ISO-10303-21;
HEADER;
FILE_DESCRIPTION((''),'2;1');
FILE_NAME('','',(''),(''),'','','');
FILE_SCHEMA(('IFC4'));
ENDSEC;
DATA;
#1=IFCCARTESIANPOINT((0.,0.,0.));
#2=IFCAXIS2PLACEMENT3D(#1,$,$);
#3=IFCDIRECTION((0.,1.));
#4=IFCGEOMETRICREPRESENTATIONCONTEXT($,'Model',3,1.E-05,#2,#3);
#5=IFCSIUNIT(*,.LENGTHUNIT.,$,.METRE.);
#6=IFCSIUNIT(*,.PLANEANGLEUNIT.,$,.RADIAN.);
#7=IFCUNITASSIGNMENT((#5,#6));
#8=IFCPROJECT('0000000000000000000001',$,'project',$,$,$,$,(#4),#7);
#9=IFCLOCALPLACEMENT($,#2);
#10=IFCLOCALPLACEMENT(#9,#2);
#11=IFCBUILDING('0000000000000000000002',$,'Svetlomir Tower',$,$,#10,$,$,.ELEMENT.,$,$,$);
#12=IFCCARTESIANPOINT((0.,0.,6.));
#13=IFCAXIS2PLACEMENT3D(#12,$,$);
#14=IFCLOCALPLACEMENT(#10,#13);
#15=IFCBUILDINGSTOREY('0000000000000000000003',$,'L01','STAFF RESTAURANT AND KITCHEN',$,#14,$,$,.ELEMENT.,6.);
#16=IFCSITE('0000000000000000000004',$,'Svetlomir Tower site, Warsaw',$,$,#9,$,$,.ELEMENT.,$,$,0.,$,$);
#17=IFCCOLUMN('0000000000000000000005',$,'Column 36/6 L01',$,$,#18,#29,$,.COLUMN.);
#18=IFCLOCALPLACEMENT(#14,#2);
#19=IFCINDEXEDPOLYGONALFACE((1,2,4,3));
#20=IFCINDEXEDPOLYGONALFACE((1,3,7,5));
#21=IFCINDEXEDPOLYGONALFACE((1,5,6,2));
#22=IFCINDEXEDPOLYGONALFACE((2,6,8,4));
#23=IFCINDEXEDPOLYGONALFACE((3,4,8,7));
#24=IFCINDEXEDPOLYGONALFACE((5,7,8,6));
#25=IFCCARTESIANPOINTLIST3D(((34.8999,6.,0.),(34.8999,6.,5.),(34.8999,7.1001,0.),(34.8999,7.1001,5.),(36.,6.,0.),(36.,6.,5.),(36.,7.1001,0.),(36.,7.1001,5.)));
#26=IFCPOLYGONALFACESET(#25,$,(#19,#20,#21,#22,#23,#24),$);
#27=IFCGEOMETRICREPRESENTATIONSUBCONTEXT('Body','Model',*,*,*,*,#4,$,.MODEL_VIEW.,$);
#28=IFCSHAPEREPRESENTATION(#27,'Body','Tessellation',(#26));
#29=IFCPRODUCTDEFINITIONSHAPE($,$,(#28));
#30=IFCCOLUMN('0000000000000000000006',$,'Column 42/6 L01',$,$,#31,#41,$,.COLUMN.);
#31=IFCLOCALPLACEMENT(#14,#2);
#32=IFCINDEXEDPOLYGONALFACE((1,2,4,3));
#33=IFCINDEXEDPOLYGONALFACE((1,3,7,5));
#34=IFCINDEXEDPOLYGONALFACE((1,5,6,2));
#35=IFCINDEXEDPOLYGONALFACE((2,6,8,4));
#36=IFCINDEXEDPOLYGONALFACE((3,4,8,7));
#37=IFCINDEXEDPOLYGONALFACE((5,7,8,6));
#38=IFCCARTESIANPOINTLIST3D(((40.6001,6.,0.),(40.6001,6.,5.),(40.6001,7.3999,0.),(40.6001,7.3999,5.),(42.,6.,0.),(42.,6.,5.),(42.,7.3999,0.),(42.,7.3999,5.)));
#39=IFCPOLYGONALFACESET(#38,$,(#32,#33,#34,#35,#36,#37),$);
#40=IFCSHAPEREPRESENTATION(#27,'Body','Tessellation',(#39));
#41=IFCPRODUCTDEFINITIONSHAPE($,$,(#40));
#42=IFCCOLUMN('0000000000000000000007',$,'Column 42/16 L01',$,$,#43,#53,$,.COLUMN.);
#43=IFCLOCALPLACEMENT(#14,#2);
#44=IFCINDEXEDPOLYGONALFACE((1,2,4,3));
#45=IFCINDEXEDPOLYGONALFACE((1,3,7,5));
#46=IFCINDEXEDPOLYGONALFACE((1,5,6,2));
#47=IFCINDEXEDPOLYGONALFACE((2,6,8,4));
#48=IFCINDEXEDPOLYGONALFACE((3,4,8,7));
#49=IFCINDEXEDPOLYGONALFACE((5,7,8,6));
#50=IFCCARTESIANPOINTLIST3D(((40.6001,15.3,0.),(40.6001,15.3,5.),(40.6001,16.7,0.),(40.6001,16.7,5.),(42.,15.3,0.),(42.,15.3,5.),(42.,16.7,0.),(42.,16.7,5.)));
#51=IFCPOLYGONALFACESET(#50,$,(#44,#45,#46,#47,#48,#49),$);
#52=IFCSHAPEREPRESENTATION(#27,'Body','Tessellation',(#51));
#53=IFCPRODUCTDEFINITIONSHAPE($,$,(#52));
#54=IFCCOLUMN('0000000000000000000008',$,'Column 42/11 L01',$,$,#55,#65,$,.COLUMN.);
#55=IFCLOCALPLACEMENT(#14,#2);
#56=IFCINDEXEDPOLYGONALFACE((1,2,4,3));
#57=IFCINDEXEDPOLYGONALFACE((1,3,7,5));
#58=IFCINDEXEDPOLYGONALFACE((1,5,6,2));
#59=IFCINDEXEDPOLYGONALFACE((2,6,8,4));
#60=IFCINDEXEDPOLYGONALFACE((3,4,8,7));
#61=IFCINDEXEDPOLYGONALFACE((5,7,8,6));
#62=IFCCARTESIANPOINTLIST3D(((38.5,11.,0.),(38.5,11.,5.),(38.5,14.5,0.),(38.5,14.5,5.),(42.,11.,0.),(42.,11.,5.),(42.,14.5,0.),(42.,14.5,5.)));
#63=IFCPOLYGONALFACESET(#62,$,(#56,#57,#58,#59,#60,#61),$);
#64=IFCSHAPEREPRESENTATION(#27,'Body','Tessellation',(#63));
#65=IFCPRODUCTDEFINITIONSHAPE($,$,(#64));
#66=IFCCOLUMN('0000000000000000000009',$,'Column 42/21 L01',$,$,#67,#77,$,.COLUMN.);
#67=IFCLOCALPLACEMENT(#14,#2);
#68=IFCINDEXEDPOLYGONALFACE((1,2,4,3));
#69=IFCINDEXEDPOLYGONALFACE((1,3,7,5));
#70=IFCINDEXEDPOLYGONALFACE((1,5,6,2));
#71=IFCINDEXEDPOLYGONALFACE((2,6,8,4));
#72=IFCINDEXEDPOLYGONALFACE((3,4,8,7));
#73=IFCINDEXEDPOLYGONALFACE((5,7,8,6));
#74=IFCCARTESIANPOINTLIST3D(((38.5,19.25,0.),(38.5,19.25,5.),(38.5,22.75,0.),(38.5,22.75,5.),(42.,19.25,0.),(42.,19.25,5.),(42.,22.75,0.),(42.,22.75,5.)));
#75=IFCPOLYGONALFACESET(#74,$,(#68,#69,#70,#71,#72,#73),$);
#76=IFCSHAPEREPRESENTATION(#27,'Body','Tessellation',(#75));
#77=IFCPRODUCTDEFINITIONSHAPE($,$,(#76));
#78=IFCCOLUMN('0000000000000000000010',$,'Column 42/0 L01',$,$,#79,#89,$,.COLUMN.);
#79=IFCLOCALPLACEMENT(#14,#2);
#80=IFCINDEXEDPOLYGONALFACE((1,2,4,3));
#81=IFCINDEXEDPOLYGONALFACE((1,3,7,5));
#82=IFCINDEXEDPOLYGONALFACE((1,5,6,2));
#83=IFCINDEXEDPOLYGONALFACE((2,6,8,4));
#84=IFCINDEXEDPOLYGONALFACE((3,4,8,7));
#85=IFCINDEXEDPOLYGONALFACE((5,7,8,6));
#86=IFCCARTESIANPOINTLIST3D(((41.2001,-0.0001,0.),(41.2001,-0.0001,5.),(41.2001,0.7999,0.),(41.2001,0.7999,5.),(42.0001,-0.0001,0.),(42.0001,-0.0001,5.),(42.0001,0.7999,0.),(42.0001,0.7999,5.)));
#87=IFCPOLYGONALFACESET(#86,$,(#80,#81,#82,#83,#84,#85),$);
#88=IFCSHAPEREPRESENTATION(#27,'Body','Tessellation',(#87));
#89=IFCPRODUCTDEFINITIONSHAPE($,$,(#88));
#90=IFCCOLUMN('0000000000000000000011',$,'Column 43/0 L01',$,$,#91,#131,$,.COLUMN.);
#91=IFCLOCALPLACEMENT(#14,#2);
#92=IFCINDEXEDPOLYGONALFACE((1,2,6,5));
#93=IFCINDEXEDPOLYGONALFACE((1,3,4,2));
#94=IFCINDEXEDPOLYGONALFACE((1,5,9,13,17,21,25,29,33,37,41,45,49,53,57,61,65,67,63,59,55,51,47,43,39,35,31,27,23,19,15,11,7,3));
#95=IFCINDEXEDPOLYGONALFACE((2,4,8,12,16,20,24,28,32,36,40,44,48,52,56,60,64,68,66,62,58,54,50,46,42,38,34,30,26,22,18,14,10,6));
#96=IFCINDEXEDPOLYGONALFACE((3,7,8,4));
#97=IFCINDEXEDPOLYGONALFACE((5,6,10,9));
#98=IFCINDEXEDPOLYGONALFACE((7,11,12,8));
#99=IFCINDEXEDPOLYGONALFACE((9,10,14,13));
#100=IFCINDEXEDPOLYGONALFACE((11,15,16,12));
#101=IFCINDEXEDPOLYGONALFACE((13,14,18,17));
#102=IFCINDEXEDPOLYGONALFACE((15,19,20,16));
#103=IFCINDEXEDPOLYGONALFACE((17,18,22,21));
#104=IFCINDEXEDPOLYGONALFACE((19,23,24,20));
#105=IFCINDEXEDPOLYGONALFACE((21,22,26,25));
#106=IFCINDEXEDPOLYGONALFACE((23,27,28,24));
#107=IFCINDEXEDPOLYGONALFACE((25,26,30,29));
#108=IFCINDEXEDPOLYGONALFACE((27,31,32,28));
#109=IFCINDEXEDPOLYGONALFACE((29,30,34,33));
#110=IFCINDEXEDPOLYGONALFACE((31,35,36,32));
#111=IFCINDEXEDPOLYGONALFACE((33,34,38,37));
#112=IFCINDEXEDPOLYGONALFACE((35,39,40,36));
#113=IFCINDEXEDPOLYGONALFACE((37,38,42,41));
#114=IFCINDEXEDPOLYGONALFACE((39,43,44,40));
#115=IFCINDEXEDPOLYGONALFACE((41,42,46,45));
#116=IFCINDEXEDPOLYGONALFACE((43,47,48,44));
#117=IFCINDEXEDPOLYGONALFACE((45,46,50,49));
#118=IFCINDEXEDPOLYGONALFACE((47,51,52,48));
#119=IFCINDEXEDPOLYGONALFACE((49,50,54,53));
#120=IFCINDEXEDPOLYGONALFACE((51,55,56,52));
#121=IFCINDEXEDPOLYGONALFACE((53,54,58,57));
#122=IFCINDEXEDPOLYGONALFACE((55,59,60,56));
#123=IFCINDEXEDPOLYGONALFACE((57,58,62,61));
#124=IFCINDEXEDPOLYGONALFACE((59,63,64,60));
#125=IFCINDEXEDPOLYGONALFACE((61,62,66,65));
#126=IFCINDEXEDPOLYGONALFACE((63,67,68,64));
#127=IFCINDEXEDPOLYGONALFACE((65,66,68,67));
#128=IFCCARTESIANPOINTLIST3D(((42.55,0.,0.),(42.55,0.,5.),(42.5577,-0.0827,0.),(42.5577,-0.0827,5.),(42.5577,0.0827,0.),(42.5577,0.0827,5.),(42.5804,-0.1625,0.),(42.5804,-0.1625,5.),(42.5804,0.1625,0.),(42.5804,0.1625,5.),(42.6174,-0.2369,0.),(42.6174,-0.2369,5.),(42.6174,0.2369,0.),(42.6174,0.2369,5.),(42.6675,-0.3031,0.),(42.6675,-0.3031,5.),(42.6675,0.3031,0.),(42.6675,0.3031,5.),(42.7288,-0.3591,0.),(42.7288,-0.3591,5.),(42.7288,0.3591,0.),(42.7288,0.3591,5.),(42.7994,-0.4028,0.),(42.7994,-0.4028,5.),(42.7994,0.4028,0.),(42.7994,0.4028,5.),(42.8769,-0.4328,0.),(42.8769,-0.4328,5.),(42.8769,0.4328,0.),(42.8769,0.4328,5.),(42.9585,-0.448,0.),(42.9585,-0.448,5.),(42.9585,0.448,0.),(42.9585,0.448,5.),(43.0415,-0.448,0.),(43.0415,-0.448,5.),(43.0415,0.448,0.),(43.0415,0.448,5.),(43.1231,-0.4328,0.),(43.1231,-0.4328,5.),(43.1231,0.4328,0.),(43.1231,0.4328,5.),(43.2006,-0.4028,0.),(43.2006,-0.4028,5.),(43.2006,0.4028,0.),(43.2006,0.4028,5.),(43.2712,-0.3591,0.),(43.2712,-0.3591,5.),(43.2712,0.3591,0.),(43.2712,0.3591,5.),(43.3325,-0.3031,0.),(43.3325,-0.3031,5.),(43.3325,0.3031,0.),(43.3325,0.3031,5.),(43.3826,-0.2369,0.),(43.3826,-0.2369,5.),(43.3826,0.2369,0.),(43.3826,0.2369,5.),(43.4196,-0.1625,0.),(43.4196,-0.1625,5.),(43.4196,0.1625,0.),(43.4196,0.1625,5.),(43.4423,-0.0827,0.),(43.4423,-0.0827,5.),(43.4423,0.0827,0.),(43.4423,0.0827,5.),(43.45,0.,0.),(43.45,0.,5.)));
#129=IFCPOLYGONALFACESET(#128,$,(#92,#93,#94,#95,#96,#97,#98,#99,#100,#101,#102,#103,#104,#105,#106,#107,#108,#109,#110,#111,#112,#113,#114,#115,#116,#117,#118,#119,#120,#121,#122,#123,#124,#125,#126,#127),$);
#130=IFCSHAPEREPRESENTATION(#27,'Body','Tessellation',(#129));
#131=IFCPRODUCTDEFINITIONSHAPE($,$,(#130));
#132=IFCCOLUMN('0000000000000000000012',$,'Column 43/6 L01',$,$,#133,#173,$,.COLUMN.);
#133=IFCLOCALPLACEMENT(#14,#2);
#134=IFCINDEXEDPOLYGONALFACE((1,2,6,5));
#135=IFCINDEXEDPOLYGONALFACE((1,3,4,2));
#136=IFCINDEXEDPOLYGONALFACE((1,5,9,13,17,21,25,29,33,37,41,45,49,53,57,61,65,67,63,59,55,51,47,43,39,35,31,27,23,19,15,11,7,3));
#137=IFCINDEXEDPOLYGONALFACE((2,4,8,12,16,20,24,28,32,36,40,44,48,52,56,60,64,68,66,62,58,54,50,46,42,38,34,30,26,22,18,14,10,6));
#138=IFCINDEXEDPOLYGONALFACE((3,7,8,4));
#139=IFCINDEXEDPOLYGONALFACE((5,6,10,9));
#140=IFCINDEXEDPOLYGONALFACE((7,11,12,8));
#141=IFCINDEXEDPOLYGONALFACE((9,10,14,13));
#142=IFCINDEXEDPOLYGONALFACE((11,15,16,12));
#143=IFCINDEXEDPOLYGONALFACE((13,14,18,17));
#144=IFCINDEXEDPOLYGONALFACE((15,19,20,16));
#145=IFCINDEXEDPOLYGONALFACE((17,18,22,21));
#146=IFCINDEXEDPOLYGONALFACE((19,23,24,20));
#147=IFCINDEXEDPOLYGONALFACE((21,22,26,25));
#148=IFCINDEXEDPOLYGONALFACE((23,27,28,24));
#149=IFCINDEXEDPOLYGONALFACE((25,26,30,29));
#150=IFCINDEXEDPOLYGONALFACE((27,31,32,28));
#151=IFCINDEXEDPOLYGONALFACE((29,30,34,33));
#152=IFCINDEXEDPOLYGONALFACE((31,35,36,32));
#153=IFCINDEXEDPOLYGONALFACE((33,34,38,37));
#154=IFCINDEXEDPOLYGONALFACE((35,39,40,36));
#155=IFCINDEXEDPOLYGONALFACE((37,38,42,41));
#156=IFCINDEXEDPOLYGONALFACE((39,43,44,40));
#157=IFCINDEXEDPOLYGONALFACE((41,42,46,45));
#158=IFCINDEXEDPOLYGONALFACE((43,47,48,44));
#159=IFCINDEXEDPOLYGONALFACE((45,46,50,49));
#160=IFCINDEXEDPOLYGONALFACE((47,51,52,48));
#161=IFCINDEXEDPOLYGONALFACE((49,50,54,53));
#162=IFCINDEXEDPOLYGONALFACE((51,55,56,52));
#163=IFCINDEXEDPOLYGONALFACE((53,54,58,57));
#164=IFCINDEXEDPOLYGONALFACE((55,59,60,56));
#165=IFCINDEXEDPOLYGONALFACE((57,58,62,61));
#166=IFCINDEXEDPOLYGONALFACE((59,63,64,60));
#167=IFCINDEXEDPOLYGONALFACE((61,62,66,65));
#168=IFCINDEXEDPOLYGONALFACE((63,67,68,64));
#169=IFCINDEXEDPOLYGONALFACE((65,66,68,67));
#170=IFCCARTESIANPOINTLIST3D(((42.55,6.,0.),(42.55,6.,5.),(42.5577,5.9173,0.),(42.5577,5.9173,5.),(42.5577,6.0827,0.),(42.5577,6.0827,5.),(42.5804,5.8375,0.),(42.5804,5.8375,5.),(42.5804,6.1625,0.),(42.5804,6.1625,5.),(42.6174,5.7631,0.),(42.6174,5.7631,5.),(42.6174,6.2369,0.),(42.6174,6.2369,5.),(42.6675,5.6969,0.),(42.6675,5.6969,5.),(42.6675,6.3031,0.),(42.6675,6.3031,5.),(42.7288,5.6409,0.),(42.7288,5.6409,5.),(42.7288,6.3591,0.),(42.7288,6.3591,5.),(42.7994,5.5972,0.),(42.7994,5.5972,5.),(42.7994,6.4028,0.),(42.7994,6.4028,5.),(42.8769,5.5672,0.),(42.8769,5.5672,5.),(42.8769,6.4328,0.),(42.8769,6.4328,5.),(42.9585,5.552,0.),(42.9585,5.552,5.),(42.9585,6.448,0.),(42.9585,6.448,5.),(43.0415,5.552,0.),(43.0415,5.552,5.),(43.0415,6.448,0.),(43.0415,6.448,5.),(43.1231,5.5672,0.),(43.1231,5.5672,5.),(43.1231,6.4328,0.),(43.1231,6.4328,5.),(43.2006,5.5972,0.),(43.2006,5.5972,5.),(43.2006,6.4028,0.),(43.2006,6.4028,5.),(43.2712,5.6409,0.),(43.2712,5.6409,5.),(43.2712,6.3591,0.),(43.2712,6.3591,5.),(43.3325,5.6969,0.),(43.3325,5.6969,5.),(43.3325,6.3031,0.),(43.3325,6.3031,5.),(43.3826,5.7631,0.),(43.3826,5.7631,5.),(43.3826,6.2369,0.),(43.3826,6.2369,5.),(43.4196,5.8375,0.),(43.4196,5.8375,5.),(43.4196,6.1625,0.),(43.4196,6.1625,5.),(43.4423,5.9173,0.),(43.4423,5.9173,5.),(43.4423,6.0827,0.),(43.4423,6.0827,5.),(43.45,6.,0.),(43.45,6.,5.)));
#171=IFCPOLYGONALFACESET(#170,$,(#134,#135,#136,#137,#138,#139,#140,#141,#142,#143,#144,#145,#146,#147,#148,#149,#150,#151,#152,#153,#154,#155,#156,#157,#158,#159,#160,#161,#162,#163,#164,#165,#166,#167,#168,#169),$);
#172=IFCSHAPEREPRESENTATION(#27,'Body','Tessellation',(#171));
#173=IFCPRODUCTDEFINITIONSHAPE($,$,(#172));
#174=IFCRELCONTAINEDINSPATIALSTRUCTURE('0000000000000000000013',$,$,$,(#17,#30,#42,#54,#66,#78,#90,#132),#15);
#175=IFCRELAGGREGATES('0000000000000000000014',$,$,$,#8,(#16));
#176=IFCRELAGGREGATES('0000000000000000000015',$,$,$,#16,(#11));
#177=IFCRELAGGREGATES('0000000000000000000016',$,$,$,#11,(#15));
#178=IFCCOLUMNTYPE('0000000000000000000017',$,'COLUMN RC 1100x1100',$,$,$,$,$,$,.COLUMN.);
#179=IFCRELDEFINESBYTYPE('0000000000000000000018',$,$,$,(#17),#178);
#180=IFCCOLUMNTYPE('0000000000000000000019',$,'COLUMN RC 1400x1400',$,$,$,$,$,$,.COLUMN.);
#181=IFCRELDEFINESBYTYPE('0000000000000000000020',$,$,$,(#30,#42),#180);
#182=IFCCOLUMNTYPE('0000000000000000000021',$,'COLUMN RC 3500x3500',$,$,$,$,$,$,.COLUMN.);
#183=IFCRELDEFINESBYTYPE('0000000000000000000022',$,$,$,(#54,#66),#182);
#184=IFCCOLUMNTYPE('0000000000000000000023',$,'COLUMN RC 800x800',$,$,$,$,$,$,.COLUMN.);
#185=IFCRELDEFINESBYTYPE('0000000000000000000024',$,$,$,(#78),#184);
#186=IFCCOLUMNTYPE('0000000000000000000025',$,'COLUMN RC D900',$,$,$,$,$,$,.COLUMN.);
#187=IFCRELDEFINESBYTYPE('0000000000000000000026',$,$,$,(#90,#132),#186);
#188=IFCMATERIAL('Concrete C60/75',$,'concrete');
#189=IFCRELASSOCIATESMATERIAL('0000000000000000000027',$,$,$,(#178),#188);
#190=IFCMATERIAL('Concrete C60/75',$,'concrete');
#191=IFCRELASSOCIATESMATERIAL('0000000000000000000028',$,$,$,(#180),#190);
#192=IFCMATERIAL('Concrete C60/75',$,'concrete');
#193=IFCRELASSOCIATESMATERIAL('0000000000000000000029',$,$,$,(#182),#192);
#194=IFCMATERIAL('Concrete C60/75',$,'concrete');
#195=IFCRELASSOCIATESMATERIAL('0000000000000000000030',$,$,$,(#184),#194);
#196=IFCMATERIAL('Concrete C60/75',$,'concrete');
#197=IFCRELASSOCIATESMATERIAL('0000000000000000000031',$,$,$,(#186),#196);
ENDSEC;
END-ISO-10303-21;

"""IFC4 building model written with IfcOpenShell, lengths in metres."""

from ifc_helpers import new_model, si_unit, direction, frame, origin, origin_2d, place, context, subcontext, project, spatial, rectangle, circle, extrude, material, material_profile, profile_set, type_object, element, save


model = new_model("IFC4")

# Units and contexts
model_context = context("Model", 3, precision=1e-05, world=origin(), true_north=direction((0.0, 1.0)))
body_context = subcontext(model_context, "Body", "Model", "MODEL_VIEW")
ifc_project = project(units=[si_unit("LENGTHUNIT", "METRE"), si_unit("PLANEANGLEUNIT", "RADIAN")], contexts=[model_context])

# Site, building, storey
site_placement = place(None, origin())
site = spatial("IfcSite", under=ifc_project, at=site_placement, Name="Svetlomir Tower site, Warsaw", CompositionType="ELEMENT", RefElevation=0.0)
building_placement = place(site_placement, origin())
building = spatial("IfcBuilding", under=site, at=building_placement, Name="Svetlomir Tower", CompositionType="ELEMENT")
storey_placement = place(building_placement, frame((0.0, 0.0, 6.0)))
storey = spatial("IfcBuildingStorey", under=building, at=storey_placement, Name="L01", Description="STAFF RESTAURANT AND KITCHEN", CompositionType="ELEMENT", Elevation=6.0)

# Columns
ifc_material_1 = material(Name="Concrete C60/75", Category="concrete")
ifc_material_profile_1 = material_profile(ifc_material_1, rectangle(XDim=1.1001, YDim=1.1001, at=origin_2d()), Name="RC 1100x1100")
ifc_profile_set_1 = profile_set([ifc_material_profile_1], Name="Concrete C60/75")
column_type_1 = type_object("IfcColumnType", Name="COLUMN RC 1100x1100", PredefinedType="COLUMN", material=ifc_profile_set_1)
column_1_placement = place(storey_placement, frame((35.45, 6.55, 0.0), z_axis=(0.0, 0.0, 1.0), x_axis=(1.0, 0.0, 0.0)))
element("IfcColumn", 1, at=column_1_placement, inside=storey, type_object=column_type_1, Name="Column 36/6 L01", PredefinedType="COLUMN", context=body_context, shape_type="SweptSolid", body=[
    extrude(rectangle(XDim=1.1001, YDim=1.1001, at=origin_2d()), origin(), (0.0, 0.0, 1.0), 5.0),
])
ifc_material_2 = material(Name="Concrete C60/75", Category="concrete")
ifc_material_profile_2 = material_profile(ifc_material_2, rectangle(XDim=1.3999, YDim=1.3999, at=origin_2d()), Name="RC 1400x1400")
ifc_profile_set_2 = profile_set([ifc_material_profile_2], Name="Concrete C60/75")
column_type_2 = type_object("IfcColumnType", Name="COLUMN RC 1400x1400", PredefinedType="COLUMN", material=ifc_profile_set_2)
for number, where, z_axis, x_axis, name in (
    (2, (41.3, 6.7, 0.0), (0.0, 0.0, 1.0), (1.0, 0.0, 0.0), "Column 42/6 L01"),
    (3, (41.3, 16.0, 0.0), (0.0, 0.0, 1.0), (1.0, 0.0, 0.0), "Column 42/16 L01"),
):
    element("IfcColumn", number, at=place(storey_placement, frame(where, z_axis=z_axis, x_axis=x_axis)), inside=storey, type_object=column_type_2, Name=name, PredefinedType="COLUMN", context=body_context, shape_type="SweptSolid", body=[
        extrude(rectangle(XDim=1.3999, YDim=1.3999, at=origin_2d()), origin(), (0.0, 0.0, 1.0), 5.0),
    ])
ifc_material_3 = material(Name="Concrete C60/75", Category="concrete")
ifc_material_profile_3 = material_profile(ifc_material_3, rectangle(XDim=3.5, YDim=3.5, at=origin_2d()), Name="RC 3500x3500")
ifc_profile_set_3 = profile_set([ifc_material_profile_3], Name="Concrete C60/75")
column_type_3 = type_object("IfcColumnType", Name="COLUMN RC 3500x3500", PredefinedType="COLUMN", material=ifc_profile_set_3)
for number, where, z_axis, x_axis, name in (
    (4, (40.25, 12.75, 0.0), (0.0, 0.0, 1.0), (1.0, 0.0, 0.0), "Column 42/11 L01"),
    (5, (40.25, 21.0, 0.0), (0.0, 0.0, 1.0), (1.0, 0.0, 0.0), "Column 42/21 L01"),
):
    element("IfcColumn", number, at=place(storey_placement, frame(where, z_axis=z_axis, x_axis=x_axis)), inside=storey, type_object=column_type_3, Name=name, PredefinedType="COLUMN", context=body_context, shape_type="SweptSolid", body=[
        extrude(rectangle(XDim=3.5, YDim=3.5, at=origin_2d()), origin(), (0.0, 0.0, 1.0), 5.0),
    ])
ifc_material_4 = material(Name="Concrete C60/75", Category="concrete")
ifc_material_profile_4 = material_profile(ifc_material_4, rectangle(XDim=0.8, YDim=0.8, at=origin_2d()), Name="RC 800x800")
ifc_profile_set_4 = profile_set([ifc_material_profile_4], Name="Concrete C60/75")
column_type_4 = type_object("IfcColumnType", Name="COLUMN RC 800x800", PredefinedType="COLUMN", material=ifc_profile_set_4)
column_2_placement = place(storey_placement, frame((41.6001, 0.3999, 0.0), z_axis=(0.0, 0.0, 1.0), x_axis=(1.0, 0.0, 0.0)))
element("IfcColumn", 6, at=column_2_placement, inside=storey, type_object=column_type_4, Name="Column 42/0 L01", PredefinedType="COLUMN", context=body_context, shape_type="SweptSolid", body=[
    extrude(rectangle(XDim=0.8, YDim=0.8, at=origin_2d()), origin(), (0.0, 0.0, 1.0), 5.0),
])
ifc_material_5 = material(Name="Concrete C60/75", Category="concrete")
ifc_material_profile_5 = material_profile(ifc_material_5, circle(Radius=0.45, at=origin_2d()), Name="RC D900")
ifc_profile_set_5 = profile_set([ifc_material_profile_5], Name="Concrete C60/75")
column_type_5 = type_object("IfcColumnType", Name="COLUMN RC D900", PredefinedType="COLUMN", material=ifc_profile_set_5)
for number, where, z_axis, x_axis, name in (
    (7, (43.0, 0.0, 0.0), (0.0, 0.0, 1.0), (1.0, 0.0, 0.0), "Column 43/0 L01"),
    (8, (43.0, 6.0, 0.0), (0.0, 0.0, 1.0), (1.0, 0.0, 0.0), "Column 43/6 L01"),
):
    element("IfcColumn", number, at=place(storey_placement, frame(where, z_axis=z_axis, x_axis=x_axis)), inside=storey, type_object=column_type_5, Name=name, PredefinedType="COLUMN", context=body_context, shape_type="SweptSolid", body=[
        extrude(circle(Radius=0.45, at=origin_2d()), origin(), (0.0, 0.0, 1.0), 5.0),
    ])

save(model, "model.ifc")
